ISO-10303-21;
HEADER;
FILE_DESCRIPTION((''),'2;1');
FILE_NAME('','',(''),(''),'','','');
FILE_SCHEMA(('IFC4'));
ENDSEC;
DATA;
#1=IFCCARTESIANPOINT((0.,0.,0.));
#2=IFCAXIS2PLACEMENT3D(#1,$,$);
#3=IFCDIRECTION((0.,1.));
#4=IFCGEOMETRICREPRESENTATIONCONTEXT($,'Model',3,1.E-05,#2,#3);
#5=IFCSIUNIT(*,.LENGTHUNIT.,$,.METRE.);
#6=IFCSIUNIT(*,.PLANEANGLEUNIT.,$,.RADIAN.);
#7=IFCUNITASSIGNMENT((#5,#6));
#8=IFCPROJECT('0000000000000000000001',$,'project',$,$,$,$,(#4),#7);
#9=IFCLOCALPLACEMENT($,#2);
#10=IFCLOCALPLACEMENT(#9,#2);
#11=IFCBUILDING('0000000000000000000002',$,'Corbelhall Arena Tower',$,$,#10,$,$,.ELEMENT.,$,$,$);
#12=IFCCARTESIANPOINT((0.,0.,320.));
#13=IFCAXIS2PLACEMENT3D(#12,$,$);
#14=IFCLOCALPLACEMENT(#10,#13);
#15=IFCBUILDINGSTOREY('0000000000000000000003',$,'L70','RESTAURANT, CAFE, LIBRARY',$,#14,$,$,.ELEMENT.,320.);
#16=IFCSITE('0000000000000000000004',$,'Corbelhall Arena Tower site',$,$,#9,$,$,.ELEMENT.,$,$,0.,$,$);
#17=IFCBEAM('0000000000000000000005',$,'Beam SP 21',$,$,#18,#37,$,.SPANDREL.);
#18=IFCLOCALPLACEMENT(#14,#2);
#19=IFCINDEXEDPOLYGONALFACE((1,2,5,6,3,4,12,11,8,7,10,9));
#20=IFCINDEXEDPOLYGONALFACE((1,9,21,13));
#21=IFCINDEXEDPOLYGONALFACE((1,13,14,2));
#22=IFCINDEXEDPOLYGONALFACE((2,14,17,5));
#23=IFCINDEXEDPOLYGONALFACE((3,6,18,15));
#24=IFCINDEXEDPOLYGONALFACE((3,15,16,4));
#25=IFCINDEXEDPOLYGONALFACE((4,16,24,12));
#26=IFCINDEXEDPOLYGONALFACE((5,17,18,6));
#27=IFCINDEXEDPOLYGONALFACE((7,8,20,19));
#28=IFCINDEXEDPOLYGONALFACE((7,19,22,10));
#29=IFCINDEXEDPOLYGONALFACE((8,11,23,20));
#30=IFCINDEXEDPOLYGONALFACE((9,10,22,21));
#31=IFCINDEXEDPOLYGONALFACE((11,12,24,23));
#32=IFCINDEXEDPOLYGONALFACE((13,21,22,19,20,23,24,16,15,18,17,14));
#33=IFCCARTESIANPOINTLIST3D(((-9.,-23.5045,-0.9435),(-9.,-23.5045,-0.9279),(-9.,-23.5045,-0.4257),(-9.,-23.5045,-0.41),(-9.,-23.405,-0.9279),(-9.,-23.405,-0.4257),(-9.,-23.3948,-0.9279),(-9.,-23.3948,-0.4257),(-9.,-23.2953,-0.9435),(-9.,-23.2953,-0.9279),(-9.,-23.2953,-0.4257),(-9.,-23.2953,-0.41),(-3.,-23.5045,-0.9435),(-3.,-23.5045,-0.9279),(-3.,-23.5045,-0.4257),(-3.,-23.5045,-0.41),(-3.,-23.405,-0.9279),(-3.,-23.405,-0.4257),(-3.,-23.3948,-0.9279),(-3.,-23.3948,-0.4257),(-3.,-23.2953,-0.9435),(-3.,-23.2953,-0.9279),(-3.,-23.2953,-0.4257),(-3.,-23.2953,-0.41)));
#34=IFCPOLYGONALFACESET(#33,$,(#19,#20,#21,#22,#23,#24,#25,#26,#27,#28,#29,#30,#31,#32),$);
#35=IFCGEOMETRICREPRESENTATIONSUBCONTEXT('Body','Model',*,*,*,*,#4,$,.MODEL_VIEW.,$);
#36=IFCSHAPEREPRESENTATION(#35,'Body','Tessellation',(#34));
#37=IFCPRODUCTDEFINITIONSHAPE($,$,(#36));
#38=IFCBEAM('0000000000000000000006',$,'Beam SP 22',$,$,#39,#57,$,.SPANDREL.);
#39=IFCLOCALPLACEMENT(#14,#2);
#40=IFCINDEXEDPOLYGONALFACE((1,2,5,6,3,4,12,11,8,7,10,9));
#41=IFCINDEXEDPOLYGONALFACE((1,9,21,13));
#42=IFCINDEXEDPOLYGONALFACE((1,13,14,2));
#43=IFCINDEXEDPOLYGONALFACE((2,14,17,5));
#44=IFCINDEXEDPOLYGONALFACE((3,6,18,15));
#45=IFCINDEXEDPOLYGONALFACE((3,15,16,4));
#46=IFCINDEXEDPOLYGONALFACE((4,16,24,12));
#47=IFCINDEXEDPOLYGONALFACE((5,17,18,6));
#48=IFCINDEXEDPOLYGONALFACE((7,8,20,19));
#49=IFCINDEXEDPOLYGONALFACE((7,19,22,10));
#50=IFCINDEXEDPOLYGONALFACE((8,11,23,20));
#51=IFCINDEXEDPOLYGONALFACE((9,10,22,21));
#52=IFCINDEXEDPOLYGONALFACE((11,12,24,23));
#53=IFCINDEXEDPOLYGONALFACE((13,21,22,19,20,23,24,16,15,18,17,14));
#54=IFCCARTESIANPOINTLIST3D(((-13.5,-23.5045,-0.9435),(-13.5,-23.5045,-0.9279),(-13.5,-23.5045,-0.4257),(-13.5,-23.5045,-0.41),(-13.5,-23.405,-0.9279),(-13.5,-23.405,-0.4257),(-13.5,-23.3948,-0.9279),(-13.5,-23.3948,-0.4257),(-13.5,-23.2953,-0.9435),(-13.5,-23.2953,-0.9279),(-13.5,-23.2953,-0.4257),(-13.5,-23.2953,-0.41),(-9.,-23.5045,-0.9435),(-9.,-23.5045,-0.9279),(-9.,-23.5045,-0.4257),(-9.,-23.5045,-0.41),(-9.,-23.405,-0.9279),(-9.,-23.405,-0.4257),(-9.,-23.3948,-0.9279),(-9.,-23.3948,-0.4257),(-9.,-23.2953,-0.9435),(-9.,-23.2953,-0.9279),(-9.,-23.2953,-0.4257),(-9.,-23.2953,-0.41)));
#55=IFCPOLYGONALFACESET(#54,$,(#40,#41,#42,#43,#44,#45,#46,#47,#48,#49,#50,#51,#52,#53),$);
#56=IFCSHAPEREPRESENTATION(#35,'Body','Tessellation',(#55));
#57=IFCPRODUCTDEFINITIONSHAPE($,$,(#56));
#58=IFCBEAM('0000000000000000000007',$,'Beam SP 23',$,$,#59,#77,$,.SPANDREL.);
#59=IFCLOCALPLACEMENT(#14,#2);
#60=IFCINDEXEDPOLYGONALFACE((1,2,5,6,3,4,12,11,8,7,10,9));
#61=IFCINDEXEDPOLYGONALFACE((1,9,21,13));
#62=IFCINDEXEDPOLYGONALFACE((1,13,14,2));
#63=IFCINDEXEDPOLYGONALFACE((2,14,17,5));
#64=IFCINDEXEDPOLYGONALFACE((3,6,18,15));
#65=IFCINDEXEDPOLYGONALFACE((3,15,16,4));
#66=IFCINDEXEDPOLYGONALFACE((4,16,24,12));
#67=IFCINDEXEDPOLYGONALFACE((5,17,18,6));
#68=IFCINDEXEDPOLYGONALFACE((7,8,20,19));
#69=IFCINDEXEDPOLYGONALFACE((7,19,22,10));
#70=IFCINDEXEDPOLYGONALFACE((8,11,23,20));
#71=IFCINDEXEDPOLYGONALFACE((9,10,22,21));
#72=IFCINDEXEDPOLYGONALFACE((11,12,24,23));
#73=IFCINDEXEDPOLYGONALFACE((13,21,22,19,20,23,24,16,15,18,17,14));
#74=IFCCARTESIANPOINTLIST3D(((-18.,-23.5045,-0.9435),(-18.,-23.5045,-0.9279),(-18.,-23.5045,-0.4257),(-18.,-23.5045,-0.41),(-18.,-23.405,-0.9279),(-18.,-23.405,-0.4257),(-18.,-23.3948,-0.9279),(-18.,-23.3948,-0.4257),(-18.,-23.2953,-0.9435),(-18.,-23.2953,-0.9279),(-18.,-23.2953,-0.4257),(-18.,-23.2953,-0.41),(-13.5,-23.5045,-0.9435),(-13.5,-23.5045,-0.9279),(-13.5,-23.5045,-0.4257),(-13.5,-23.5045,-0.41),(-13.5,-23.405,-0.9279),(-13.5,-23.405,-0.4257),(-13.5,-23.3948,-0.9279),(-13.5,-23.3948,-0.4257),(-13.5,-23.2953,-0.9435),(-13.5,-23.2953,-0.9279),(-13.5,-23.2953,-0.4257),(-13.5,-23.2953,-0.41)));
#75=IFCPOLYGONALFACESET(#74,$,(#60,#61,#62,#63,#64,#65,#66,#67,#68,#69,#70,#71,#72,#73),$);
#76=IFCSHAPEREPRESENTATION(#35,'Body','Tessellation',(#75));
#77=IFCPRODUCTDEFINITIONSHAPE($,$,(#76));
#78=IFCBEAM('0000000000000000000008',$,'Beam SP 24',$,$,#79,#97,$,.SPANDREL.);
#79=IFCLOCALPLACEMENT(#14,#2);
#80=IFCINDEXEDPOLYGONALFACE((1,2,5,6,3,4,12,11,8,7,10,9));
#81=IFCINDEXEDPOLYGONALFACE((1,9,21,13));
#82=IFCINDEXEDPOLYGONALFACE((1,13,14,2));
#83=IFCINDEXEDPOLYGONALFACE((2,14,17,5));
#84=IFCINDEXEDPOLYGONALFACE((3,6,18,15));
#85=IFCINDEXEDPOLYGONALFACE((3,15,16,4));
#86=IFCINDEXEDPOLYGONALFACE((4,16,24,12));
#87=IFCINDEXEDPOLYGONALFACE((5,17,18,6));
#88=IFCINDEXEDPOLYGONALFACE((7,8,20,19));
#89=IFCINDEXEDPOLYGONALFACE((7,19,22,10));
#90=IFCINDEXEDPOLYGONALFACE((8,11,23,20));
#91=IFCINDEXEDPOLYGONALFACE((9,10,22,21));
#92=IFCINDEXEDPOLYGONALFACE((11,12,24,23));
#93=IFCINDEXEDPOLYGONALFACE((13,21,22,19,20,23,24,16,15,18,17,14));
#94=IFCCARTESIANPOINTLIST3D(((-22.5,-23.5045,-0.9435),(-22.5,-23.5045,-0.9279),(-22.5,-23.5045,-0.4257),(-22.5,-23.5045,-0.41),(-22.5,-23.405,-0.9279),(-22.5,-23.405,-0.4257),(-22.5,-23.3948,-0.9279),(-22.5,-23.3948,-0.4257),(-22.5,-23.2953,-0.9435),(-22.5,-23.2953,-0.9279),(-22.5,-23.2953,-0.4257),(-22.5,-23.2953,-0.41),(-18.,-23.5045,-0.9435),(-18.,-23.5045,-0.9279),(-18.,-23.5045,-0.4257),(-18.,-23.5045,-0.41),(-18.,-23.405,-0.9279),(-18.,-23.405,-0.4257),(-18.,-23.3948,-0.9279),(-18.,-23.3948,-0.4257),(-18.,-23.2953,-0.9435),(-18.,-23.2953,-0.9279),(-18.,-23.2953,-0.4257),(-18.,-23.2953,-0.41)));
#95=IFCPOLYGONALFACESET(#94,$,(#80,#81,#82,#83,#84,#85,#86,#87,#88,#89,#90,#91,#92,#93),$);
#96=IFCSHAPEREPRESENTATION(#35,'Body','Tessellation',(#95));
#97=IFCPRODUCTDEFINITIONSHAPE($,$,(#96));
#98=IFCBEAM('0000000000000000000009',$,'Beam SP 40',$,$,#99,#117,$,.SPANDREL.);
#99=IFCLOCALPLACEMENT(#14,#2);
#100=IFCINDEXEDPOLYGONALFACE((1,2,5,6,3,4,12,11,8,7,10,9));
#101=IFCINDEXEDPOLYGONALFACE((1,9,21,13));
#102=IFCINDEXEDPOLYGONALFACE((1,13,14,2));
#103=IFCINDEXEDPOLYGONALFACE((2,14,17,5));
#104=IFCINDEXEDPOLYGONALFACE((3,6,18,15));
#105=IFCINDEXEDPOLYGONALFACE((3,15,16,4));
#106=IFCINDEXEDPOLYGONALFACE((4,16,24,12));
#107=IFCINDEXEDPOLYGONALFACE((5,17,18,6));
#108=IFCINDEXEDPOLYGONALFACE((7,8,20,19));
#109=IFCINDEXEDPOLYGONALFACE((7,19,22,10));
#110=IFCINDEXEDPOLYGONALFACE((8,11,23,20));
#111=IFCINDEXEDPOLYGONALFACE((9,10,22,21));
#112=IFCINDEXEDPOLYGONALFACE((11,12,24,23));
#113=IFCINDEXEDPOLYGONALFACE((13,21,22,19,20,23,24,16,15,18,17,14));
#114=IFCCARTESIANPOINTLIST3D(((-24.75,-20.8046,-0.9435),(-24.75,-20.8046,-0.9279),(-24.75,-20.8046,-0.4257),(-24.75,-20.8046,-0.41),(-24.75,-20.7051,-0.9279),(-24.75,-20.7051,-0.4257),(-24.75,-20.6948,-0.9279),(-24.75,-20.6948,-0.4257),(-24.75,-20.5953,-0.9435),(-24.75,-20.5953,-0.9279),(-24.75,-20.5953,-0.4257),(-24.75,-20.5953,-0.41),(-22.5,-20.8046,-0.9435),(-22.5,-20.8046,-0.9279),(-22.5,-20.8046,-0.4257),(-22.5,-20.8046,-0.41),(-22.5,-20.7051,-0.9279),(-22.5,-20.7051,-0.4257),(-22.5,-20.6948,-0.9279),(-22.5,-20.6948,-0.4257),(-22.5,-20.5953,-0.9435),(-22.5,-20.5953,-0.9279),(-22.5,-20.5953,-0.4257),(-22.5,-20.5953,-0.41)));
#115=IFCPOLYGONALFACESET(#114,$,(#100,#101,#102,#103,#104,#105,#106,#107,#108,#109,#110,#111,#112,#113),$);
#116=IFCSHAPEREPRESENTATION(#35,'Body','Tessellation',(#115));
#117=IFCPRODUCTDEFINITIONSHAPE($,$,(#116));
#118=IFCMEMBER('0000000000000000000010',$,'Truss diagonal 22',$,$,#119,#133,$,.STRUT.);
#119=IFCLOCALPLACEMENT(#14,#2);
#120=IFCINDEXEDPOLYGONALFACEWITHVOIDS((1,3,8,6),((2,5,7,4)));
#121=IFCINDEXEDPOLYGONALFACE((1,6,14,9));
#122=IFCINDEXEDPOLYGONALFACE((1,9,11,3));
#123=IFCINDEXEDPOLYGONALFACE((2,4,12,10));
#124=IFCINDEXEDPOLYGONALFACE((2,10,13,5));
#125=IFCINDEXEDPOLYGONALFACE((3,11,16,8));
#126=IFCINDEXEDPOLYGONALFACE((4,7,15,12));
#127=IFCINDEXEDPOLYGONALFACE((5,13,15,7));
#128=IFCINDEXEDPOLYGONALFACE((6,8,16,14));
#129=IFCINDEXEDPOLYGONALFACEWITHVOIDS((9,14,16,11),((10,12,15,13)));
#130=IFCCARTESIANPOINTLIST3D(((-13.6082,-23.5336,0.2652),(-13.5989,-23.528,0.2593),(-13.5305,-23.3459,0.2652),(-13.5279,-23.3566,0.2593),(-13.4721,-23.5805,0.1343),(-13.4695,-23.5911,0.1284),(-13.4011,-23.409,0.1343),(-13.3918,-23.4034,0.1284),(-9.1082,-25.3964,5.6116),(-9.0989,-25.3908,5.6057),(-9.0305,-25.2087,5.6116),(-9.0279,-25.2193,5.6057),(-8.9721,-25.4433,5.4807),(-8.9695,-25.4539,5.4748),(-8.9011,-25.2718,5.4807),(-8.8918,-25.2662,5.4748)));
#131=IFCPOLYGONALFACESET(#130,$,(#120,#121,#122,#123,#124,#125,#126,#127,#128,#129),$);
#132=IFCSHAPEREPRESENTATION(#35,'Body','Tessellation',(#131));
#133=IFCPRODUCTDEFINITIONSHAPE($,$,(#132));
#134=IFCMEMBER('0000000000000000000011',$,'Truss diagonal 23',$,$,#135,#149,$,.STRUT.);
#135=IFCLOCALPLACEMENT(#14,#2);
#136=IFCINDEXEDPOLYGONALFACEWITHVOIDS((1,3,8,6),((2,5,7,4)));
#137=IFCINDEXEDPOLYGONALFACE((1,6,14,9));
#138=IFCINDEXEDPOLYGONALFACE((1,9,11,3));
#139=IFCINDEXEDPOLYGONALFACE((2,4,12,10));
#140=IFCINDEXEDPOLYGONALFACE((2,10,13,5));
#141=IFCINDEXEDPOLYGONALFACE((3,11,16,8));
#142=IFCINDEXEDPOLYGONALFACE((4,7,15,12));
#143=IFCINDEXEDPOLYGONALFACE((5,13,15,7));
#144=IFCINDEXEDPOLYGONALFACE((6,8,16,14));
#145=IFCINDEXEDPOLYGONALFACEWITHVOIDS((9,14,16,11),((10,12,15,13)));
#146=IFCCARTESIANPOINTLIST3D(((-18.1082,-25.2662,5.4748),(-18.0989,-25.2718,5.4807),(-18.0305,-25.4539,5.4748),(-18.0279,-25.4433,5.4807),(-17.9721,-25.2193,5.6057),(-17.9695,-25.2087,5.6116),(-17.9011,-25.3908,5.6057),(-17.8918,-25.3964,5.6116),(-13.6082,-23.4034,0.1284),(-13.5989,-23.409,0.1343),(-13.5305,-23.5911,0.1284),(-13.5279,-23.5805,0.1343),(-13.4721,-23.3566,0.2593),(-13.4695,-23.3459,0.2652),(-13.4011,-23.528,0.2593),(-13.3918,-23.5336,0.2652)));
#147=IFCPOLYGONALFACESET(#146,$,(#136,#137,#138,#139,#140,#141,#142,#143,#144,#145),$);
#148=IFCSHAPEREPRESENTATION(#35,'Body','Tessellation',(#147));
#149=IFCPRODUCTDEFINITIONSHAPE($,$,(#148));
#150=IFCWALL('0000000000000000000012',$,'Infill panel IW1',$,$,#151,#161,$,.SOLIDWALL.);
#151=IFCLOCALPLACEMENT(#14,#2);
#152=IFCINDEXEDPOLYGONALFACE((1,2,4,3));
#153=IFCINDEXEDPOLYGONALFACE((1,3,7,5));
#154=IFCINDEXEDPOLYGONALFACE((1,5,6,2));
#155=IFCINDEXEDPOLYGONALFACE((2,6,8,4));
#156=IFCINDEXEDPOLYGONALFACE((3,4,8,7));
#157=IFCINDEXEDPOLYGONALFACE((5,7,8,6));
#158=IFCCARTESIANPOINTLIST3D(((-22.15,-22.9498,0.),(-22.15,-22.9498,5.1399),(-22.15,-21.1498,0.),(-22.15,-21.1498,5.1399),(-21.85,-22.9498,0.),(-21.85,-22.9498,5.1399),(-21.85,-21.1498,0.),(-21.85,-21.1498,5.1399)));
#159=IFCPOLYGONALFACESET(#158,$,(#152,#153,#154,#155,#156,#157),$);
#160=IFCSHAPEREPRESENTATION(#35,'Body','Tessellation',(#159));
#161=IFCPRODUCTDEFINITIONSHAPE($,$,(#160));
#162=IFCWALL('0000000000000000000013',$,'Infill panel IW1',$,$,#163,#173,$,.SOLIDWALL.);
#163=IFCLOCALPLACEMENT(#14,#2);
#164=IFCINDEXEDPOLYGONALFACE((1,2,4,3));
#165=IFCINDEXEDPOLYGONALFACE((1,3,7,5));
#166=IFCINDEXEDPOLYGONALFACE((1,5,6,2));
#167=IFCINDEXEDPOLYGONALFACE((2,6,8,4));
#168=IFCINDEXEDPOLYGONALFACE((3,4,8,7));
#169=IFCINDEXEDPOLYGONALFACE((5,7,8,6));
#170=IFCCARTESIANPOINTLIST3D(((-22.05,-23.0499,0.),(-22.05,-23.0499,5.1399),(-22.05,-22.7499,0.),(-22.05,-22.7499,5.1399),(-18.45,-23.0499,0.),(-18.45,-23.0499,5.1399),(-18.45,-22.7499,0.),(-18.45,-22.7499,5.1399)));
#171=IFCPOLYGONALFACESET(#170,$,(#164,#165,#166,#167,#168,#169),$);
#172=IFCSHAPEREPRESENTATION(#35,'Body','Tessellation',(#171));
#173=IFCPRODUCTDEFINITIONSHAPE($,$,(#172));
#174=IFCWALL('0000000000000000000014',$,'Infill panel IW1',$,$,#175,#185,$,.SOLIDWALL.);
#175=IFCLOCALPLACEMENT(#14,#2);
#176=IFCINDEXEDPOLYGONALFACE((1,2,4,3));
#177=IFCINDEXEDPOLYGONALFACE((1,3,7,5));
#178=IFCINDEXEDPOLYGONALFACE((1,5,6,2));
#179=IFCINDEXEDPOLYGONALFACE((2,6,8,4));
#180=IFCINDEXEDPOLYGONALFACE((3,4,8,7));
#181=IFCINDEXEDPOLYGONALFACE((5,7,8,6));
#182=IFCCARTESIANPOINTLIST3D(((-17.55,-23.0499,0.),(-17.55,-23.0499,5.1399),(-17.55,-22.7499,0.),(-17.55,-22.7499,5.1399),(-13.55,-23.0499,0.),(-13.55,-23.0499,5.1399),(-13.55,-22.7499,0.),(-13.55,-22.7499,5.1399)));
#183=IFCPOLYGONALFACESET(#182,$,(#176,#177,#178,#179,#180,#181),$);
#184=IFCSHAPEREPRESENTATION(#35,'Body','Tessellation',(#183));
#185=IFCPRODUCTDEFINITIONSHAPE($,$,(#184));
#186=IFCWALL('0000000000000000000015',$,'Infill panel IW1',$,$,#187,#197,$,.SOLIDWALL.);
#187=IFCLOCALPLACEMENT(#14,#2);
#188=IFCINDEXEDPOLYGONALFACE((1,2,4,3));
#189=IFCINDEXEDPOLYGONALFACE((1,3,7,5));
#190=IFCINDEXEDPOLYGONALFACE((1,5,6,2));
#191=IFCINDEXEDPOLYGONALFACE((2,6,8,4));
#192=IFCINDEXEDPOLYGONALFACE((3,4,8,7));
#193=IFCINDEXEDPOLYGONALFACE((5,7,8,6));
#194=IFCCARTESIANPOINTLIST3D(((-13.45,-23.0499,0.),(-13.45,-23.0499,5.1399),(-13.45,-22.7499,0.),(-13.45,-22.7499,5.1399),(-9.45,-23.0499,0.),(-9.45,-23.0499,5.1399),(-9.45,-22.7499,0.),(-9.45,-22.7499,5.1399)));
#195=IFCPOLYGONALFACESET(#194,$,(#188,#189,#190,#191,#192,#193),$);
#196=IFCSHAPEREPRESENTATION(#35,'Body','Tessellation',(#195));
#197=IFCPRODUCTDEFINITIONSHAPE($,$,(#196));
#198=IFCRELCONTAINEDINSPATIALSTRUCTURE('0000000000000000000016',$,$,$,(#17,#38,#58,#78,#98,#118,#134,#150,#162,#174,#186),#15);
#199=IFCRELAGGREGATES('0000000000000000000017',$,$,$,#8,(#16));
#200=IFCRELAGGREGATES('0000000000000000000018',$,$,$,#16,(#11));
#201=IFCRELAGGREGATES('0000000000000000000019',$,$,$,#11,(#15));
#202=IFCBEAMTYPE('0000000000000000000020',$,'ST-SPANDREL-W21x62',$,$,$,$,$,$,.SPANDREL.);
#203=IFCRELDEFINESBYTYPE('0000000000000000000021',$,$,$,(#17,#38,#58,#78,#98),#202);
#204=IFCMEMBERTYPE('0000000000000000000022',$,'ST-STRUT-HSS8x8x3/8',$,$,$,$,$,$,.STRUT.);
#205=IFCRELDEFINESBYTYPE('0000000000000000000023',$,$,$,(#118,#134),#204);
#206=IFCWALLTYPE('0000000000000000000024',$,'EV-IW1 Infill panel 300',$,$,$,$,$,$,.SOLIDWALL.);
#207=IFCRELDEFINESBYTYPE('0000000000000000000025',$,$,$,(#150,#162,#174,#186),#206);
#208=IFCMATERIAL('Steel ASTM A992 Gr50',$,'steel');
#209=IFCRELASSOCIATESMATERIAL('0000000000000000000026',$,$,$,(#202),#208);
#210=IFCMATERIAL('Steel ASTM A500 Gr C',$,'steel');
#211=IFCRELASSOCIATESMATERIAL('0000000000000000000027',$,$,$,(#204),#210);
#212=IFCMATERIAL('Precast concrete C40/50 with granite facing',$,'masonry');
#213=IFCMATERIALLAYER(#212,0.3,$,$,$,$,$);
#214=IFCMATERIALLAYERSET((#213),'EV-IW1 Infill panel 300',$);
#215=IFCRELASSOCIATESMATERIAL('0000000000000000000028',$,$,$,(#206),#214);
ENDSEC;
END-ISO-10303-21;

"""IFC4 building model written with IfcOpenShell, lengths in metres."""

from ifc_helpers import new_model, si_unit, direction, frame, frame_2d, origin, origin_2d, place, context, subcontext, project, spatial, rectangle, hollow_rectangle, i_section, extrude, material, layer, layer_set, material_profile, profile_set, type_object, element, save


model = new_model("IFC4")

# Units and contexts
model_context = context("Model", 3, precision=1e-05, world=origin(), true_north=direction((0.0, 1.0)))
body_context = subcontext(model_context, "Body", "Model", "MODEL_VIEW")
ifc_project = project(units=[si_unit("LENGTHUNIT", "METRE"), si_unit("PLANEANGLEUNIT", "RADIAN")], contexts=[model_context])

# Site, building, storey
site_placement = place(None, origin())
site = spatial("IfcSite", under=ifc_project, at=site_placement, Name="Corbelhall Arena Tower site", CompositionType="ELEMENT", RefElevation=0.0)
building_placement = place(site_placement, origin())
building = spatial("IfcBuilding", under=site, at=building_placement, Name="Corbelhall Arena Tower", CompositionType="ELEMENT")
storey_placement = place(building_placement, frame((0.0, 0.0, 320.0)))
storey = spatial("IfcBuildingStorey", under=building, at=storey_placement, Name="L70", Description="RESTAURANT, CAFE, LIBRARY", CompositionType="ELEMENT", Elevation=320.0)

# Shared definitions
ifc_material_1 = material(Name="Steel ASTM A992 Gr50", Category="steel")

# Beams
ifc_material_profile_1 = material_profile(ifc_material_1, i_section(OverallWidth=0.2092, OverallDepth=0.5334, WebThickness=0.0103, FlangeThickness=0.0156, at=origin_2d()))
ifc_profile_set_1 = profile_set([ifc_material_profile_1], Name="Steel ASTM A992 Gr50")
beam_type = type_object("IfcBeamType", Name="ST-SPANDREL-W21x62", PredefinedType="SPANDREL", material=ifc_profile_set_1)
beam_1_placement = place(storey_placement, frame((-3.0, -23.3999, -0.6768), z_axis=(-1.0, 0.0, 0.0), x_axis=(0.0, -1.0, 0.0)))
element("IfcBeam", 1, at=beam_1_placement, inside=storey, type_object=beam_type, Name="Beam SP 21", PredefinedType="SPANDREL", context=body_context, shape_type="SweptSolid", body=[
    extrude(i_section(OverallWidth=0.2092, OverallDepth=0.5334, WebThickness=0.0103, FlangeThickness=0.0156, at=origin_2d()), origin(), (0.0, 0.0, 1.0), 6.0),
])
for number, where, z_axis, x_axis, name in (
    (2, (-9.0, -23.3999, -0.6768), (-1.0, 0.0, 0.0), (0.0, -1.0, 0.0), "Beam SP 22"),
    (3, (-13.5, -23.3999, -0.6768), (-1.0, 0.0, 0.0), (0.0, -1.0, 0.0), "Beam SP 23"),
    (4, (-18.0, -23.3999, -0.6768), (-1.0, 0.0, 0.0), (0.0, -1.0, 0.0), "Beam SP 24"),
):
    element("IfcBeam", number, at=place(storey_placement, frame(where, z_axis=z_axis, x_axis=x_axis)), inside=storey, type_object=beam_type, Name=name, PredefinedType="SPANDREL", context=body_context, shape_type="SweptSolid", body=[
        extrude(i_section(OverallWidth=0.2092, OverallDepth=0.5334, WebThickness=0.0103, FlangeThickness=0.0156, at=origin_2d()), origin(), (0.0, 0.0, 1.0), 4.5),
    ])
beam_2_placement = place(storey_placement, frame((-22.5, -20.7, -0.6768), z_axis=(-1.0, 0.0, 0.0), x_axis=(0.0, -1.0, 0.0)))
element("IfcBeam", 5, at=beam_2_placement, inside=storey, type_object=beam_type, Name="Beam SP 40", PredefinedType="SPANDREL", context=body_context, shape_type="SweptSolid", body=[
    extrude(i_section(OverallWidth=0.2092, OverallDepth=0.5334, WebThickness=0.0103, FlangeThickness=0.0156, at=origin_2d()), origin(), (0.0, 0.0, 1.0), 2.25),
])

# Members
ifc_material_2 = material(Name="Steel ASTM A500 Gr C", Category="steel")
ifc_material_profile_2 = material_profile(ifc_material_2, hollow_rectangle(XDim=0.2031, YDim=0.2031, WallThickness=0.0088, at=origin_2d()))
ifc_profile_set_2 = profile_set([ifc_material_profile_2], Name="Steel ASTM A500 Gr C")
member_type_1 = type_object("IfcMemberType", Name="ST-STRUT-HSS8x8x3/8", PredefinedType="STRUT", material=ifc_profile_set_2)
for number, where, z_axis, x_axis, name in (
    (6, (-13.5, -23.4685, 0.1968), (0.622219, -0.25757, 0.739257), (0.382479, 0.923964, 0.0), "Truss diagonal 22"),
    (7, (-13.5, -23.4685, 0.1968), (-0.622219, -0.25757, 0.739257), (0.382479, -0.923964, 0.0), "Truss diagonal 23"),
):
    element("IfcMember", number, at=place(storey_placement, frame(where, z_axis=z_axis, x_axis=x_axis)), inside=storey, type_object=member_type_1, Name=name, PredefinedType="STRUT", context=body_context, shape_type="SweptSolid", body=[
        extrude(hollow_rectangle(XDim=0.2031, YDim=0.2031, WallThickness=0.0088, at=origin_2d()), origin(), (0.0, 0.0, 1.0), 7.2322),
    ])

# Walls
ifc_material_3 = material(Name="Precast concrete C40/50 with granite facing", Category="masonry")
ifc_layer_1 = layer(ifc_material_3, 0.3)
ifc_layer_set_1 = layer_set([ifc_layer_1], Name="EV-IW1 Infill panel 300")
wall_type_1 = type_object("IfcWallType", Name="EV-IW1 Infill panel 300", PredefinedType="SOLIDWALL", material=ifc_layer_set_1)
wall_1_placement = place(storey_placement, frame((-22.0, -21.1499, 0.0), z_axis=(0.0, 0.0, 1.0), x_axis=(0.0, -1.0, 0.0)))
element("IfcWall", 8, at=wall_1_placement, inside=storey, type_object=wall_type_1, Name="Infill panel IW1", PredefinedType="SOLIDWALL", context=body_context, shape_type="SweptSolid", body=[
    extrude(rectangle(XDim=1.8, YDim=0.3, at=frame_2d((0.8999, 0.0))), origin(), (0.0, 0.0, 1.0), 5.1399),
])
wall_2_placement = place(storey_placement, frame((-22.05, -22.8999, 0.0), z_axis=(0.0, 0.0, 1.0), x_axis=(1.0, 0.0, 0.0)))
element("IfcWall", 9, at=wall_2_placement, inside=storey, type_object=wall_type_1, Name="Infill panel IW1", PredefinedType="SOLIDWALL", context=body_context, shape_type="SweptSolid", body=[
    extrude(rectangle(XDim=3.6001, YDim=0.3, at=frame_2d((1.8, 0.0))), origin(), (0.0, 0.0, 1.0), 5.1399),
])
for number, where, z_axis, x_axis, name in (
    (10, (-17.55, -22.8999, 0.0), (0.0, 0.0, 1.0), (1.0, 0.0, 0.0), "Infill panel IW1"),
    (11, (-13.45, -22.8999, 0.0), (0.0, 0.0, 1.0), (1.0, 0.0, 0.0), "Infill panel IW1"),
):
    element("IfcWall", number, at=place(storey_placement, frame(where, z_axis=z_axis, x_axis=x_axis)), inside=storey, type_object=wall_type_1, Name=name, PredefinedType="SOLIDWALL", context=body_context, shape_type="SweptSolid", body=[
        extrude(rectangle(XDim=4.0, YDim=0.3, at=frame_2d((2.0, 0.0))), origin(), (0.0, 0.0, 1.0), 5.1399),
    ])

save(model, "model.ifc")
